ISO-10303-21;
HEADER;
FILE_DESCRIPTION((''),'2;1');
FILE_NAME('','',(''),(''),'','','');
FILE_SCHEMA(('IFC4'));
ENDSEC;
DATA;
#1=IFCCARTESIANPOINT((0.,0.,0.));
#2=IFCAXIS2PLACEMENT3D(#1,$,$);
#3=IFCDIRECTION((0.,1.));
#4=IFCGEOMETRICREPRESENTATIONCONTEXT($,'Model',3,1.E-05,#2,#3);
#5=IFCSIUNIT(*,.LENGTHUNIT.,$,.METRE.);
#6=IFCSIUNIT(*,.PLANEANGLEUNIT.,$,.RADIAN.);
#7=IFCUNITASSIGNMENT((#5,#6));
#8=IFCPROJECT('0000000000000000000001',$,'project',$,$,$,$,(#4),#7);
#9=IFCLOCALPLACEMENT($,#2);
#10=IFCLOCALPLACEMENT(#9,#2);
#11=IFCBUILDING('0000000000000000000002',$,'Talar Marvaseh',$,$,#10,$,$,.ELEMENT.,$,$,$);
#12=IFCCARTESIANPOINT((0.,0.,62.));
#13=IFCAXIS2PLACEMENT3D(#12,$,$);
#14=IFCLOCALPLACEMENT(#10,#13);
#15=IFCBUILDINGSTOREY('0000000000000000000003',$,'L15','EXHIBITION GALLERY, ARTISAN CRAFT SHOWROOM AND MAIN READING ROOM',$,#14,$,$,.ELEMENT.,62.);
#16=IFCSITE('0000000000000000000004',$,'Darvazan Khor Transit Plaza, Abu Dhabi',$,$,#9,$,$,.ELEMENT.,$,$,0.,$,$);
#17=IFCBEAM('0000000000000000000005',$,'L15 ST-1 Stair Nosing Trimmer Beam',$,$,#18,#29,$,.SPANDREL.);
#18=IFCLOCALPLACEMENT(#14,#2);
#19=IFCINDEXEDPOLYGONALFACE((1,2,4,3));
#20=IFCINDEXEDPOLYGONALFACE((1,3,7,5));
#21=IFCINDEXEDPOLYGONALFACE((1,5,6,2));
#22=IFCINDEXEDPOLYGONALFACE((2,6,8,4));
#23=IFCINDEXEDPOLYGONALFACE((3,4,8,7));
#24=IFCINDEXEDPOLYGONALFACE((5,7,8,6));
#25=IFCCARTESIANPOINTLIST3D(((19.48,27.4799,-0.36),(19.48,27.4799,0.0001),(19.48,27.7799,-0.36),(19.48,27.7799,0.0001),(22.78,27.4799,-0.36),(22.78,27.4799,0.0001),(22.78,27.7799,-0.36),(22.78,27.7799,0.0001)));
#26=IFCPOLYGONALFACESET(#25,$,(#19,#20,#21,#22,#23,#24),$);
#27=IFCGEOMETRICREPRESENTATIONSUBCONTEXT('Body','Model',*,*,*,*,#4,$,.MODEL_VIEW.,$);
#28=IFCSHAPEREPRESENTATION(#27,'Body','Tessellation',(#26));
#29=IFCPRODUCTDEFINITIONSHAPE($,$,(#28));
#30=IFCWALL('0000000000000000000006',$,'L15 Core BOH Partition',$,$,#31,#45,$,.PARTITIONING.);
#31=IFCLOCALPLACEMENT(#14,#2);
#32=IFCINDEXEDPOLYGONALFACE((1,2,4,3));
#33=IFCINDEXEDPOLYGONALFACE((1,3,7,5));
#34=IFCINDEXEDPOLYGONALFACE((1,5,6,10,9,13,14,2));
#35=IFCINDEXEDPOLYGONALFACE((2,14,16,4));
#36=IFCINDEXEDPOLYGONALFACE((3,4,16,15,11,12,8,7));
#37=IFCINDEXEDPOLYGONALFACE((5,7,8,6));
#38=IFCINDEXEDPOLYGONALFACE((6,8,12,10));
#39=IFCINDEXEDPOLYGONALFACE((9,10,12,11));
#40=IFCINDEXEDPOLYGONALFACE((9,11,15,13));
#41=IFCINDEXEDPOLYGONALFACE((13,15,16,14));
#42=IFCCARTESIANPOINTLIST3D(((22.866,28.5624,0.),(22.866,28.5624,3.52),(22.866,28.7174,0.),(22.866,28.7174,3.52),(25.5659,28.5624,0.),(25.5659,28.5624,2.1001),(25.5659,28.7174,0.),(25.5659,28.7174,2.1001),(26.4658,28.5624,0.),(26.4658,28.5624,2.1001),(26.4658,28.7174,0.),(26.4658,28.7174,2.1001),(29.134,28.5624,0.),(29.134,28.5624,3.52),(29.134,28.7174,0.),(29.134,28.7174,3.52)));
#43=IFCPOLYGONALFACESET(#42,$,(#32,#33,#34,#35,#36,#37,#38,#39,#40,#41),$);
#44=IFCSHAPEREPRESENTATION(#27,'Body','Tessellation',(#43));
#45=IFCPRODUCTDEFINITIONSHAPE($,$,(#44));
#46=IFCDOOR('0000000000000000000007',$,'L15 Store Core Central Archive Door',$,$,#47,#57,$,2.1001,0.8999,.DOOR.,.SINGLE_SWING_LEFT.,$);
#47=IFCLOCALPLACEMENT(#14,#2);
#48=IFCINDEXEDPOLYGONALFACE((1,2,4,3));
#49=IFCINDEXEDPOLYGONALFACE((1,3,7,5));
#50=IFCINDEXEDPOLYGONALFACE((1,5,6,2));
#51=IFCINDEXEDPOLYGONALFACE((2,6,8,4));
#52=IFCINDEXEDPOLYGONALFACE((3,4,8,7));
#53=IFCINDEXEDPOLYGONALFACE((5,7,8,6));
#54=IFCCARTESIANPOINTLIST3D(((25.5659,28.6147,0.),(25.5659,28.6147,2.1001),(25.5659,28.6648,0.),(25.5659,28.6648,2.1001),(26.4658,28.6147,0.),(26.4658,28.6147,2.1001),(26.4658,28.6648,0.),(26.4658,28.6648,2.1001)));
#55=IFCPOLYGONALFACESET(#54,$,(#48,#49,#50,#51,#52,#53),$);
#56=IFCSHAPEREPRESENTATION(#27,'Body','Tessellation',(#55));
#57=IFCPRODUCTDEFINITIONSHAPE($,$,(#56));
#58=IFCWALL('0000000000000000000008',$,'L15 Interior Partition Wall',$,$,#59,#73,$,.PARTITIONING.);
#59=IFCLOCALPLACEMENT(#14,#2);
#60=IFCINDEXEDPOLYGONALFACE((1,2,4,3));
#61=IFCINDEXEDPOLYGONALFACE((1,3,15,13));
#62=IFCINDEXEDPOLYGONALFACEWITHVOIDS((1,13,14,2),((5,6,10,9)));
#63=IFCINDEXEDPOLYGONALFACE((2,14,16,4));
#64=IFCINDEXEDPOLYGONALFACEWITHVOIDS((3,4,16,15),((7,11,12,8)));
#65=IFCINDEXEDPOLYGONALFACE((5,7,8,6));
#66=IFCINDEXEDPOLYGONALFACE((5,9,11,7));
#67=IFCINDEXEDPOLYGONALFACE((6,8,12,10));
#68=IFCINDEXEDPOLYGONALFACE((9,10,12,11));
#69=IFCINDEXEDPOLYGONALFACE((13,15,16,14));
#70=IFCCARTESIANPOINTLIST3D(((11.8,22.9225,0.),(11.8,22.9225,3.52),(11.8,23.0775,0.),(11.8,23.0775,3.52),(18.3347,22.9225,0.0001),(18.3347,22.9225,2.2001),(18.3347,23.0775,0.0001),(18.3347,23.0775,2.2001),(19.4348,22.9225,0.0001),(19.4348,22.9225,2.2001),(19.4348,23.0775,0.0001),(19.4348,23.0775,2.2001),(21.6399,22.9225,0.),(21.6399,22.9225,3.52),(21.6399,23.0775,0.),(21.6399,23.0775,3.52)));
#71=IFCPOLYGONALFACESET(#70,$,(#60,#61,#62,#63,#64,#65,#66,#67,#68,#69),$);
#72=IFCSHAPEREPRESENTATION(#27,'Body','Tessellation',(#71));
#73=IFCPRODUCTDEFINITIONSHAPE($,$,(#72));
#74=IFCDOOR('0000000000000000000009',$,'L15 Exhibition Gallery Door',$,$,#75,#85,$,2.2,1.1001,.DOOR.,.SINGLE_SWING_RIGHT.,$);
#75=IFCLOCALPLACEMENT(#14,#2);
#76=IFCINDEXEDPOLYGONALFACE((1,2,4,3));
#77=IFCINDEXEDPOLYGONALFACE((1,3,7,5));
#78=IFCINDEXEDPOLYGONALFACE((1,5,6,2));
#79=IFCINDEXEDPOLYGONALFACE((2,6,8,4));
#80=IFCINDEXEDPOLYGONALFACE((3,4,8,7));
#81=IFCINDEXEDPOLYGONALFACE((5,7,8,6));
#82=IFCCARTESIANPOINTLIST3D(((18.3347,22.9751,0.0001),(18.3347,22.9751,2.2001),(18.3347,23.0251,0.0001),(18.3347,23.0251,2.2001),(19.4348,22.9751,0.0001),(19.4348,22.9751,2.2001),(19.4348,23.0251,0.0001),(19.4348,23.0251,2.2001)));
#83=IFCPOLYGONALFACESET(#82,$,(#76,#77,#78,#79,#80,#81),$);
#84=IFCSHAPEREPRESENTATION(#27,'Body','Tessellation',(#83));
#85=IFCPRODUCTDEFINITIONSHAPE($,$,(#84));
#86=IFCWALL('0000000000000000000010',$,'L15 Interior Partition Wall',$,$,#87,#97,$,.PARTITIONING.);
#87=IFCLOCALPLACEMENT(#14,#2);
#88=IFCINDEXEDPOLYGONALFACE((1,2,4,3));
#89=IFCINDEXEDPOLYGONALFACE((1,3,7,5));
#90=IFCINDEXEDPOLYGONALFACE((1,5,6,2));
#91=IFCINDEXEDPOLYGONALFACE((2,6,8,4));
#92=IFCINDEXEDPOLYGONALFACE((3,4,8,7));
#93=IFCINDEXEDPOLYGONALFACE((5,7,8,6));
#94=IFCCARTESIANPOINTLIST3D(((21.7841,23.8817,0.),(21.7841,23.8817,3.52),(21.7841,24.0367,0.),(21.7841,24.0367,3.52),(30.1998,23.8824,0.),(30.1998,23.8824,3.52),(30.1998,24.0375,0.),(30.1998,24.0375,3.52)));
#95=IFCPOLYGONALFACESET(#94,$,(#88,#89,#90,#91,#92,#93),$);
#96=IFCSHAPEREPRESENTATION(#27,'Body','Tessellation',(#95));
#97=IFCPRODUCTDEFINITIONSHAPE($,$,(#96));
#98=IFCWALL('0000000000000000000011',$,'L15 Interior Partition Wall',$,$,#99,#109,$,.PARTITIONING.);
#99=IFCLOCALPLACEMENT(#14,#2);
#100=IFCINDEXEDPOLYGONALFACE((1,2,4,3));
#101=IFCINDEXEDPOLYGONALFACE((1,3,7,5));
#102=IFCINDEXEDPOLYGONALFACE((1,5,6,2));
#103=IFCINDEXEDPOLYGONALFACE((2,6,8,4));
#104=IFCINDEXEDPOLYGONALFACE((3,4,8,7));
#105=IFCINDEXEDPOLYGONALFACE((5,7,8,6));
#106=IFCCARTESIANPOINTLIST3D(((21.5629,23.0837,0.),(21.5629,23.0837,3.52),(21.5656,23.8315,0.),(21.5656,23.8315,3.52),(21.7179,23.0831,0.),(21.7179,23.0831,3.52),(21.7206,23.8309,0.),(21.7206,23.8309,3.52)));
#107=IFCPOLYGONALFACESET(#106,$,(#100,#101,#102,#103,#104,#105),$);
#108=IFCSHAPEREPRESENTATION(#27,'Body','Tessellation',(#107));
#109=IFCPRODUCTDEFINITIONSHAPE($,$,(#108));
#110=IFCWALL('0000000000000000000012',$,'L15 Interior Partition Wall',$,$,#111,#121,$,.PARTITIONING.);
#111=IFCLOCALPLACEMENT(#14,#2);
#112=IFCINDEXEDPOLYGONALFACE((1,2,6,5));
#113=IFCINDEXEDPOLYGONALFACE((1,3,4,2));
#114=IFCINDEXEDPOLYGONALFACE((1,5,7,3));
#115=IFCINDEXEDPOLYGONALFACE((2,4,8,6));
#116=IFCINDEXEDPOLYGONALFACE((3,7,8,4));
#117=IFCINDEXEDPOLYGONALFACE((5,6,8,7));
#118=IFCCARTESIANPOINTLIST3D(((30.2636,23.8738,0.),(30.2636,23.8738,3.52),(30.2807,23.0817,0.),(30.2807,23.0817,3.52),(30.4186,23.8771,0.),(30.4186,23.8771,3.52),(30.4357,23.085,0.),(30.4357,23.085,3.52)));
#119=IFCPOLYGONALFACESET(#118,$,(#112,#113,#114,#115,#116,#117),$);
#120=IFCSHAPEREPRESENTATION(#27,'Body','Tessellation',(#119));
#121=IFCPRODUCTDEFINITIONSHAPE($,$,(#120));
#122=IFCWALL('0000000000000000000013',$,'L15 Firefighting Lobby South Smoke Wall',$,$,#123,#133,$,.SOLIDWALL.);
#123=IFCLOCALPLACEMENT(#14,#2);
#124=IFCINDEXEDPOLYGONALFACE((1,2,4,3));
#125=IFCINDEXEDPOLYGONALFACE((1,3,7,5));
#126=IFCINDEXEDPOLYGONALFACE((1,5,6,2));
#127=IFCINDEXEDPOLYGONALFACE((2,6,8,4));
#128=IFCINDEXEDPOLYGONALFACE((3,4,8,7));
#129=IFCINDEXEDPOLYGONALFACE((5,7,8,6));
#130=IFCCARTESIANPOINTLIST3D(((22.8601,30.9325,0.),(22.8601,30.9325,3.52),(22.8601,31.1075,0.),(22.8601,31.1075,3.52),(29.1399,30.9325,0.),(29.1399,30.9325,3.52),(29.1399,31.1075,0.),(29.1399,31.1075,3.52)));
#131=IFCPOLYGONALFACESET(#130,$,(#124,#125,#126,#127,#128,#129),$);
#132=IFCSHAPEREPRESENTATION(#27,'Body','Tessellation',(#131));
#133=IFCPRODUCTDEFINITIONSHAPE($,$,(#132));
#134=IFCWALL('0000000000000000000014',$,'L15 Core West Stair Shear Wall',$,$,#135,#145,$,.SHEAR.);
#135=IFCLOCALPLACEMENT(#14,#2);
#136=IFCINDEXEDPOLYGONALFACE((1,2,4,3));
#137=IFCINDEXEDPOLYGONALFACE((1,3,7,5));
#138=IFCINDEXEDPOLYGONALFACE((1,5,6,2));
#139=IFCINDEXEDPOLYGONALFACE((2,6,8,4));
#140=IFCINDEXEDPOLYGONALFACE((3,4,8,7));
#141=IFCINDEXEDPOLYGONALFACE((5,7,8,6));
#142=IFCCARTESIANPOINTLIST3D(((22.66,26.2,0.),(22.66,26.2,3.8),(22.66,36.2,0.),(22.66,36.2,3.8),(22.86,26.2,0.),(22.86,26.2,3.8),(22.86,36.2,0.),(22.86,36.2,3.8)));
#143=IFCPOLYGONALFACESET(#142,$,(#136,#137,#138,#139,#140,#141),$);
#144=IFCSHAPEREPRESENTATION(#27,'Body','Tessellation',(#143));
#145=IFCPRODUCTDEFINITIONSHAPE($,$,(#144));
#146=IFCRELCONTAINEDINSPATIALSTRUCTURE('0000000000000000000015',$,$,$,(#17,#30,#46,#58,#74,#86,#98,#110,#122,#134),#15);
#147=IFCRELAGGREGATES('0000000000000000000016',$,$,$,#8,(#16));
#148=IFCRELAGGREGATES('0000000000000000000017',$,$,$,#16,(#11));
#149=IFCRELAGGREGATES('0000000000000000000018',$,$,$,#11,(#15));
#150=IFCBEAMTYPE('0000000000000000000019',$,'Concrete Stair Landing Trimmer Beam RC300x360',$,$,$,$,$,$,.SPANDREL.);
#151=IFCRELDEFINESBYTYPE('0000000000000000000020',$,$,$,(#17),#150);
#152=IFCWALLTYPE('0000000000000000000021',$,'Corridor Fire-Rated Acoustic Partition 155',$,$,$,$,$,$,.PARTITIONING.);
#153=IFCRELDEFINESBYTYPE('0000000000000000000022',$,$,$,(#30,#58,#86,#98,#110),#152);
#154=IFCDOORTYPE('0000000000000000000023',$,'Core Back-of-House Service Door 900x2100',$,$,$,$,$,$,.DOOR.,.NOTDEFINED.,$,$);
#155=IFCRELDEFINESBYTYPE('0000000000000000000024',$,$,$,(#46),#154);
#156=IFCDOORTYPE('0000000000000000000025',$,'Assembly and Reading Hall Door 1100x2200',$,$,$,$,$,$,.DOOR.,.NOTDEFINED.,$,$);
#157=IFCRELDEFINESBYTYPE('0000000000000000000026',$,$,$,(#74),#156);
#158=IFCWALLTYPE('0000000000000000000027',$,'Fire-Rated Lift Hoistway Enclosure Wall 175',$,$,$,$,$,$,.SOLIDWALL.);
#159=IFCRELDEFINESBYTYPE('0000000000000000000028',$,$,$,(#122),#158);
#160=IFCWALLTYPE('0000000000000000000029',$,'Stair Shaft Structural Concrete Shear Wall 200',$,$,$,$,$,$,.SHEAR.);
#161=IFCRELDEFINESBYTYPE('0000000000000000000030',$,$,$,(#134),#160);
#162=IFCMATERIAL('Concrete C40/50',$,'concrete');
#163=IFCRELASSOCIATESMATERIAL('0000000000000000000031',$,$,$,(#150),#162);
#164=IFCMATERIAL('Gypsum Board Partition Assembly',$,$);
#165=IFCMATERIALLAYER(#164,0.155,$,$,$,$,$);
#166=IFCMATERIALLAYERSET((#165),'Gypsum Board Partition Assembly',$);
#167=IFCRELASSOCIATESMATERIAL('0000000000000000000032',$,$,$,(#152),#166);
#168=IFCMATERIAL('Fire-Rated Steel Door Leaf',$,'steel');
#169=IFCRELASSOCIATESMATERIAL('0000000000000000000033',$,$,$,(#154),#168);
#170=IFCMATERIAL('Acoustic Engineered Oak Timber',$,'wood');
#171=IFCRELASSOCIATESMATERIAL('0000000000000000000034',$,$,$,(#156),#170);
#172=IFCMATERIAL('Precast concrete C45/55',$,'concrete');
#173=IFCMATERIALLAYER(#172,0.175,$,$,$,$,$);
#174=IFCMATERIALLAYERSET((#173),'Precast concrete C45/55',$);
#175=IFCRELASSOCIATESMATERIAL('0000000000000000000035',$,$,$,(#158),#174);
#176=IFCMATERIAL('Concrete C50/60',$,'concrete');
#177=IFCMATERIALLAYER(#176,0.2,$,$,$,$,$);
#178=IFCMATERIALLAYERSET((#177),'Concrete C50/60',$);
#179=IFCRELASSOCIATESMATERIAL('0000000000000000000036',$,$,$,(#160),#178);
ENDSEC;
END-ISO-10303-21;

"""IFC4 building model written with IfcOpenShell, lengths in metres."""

from ifc_helpers import new_model, si_unit, direction, frame, frame_2d, origin, origin_2d, place, context, subcontext, project, spatial, rectangle, extrude, source, transform, mapped, material, layer, layer_set, material_profile, profile_set, type_object, type_shapes, element, fill, save


model = new_model("IFC4")

# Units and contexts
model_context = context("Model", 3, precision=1e-05, world=origin(), true_north=direction((0.0, 1.0)))
body_context = subcontext(model_context, "Body", "Model", "MODEL_VIEW")
ifc_project = project(units=[si_unit("LENGTHUNIT", "METRE"), si_unit("PLANEANGLEUNIT", "RADIAN")], contexts=[model_context])

# Site, building, storey
site_placement = place(None, origin())
site = spatial("IfcSite", under=ifc_project, at=site_placement, Name="Darvazan Khor Transit Plaza, Abu Dhabi", CompositionType="ELEMENT", RefElevation=0.0)
building_placement = place(site_placement, origin())
building = spatial("IfcBuilding", under=site, at=building_placement, Name="Talar Marvaseh", CompositionType="ELEMENT")
storey_placement = place(building_placement, frame((0.0, 0.0, 62.0)))
storey = spatial("IfcBuildingStorey", under=building, at=storey_placement, Name="L15", Description="EXHIBITION GALLERY, ARTISAN CRAFT SHOWROOM AND MAIN READING ROOM", CompositionType="ELEMENT", Elevation=62.0)

# Beam
ifc_material_1 = material(Name="Concrete C40/50", Category="concrete")
ifc_material_profile = material_profile(ifc_material_1, rectangle(XDim=0.3, YDim=0.3601, at=origin_2d()), Name="RC300x360")
ifc_profile_set = profile_set([ifc_material_profile], Name="Concrete C40/50")
beam_type = type_object("IfcBeamType", Name="Concrete Stair Landing Trimmer Beam RC300x360", PredefinedType="SPANDREL", material=ifc_profile_set)
beam_placement = place(storey_placement, frame((22.78, 27.6299, -0.1799), z_axis=(-1.0, 0.0, 0.0), x_axis=(0.0, -1.0, 0.0)))
element("IfcBeam", 1, at=beam_placement, inside=storey, type_object=beam_type, Name="L15 ST-1 Stair Nosing Trimmer Beam", PredefinedType="SPANDREL", context=body_context, shape_type="SweptSolid", body=[
    extrude(rectangle(XDim=0.3, YDim=0.3601, at=origin_2d()), origin(), (0.0, 0.0, 1.0), 3.3),
])

# Walls, openings, doors
ifc_material_2 = material(Name="Gypsum Board Partition Assembly")
ifc_layer_1 = layer(ifc_material_2, 0.155)
ifc_layer_set_1 = layer_set([ifc_layer_1], Name="Gypsum Board Partition Assembly")
wall_type_1 = type_object("IfcWallType", Name="Corridor Fire-Rated Acoustic Partition 155", PredefinedType="PARTITIONING", material=ifc_layer_set_1)
wall_1_placement = place(storey_placement, frame((22.866, 28.6399, 0.0), z_axis=(0.0, 0.0, 1.0), x_axis=(1.0, 0.0, 0.0)))
wall_1 = element("IfcWall", 2, at=wall_1_placement, inside=storey, type_object=wall_type_1, Name="L15 Core BOH Partition", PredefinedType="PARTITIONING", context=body_context, shape_type="SweptSolid", body=[
    extrude(rectangle(XDim=6.2681, YDim=0.155, at=frame_2d((3.134, 0.0))), origin(), (0.0, 0.0, 1.0), 3.52),
])
opening_1_placement = place(wall_1_placement, frame((2.7, 0.0, 0.0)))
opening_1 = element("IfcOpeningElement", 3, at=opening_1_placement, cuts=wall_1, PredefinedType="OPENING", context=body_context, shape_type="SweptSolid", body=[
    extrude(rectangle(XDim=0.8999, YDim=2.1001, at=frame_2d((0.45, 1.05))), frame((0.0, 0.0874, 0.0), z_axis=(0.0, -1.0, 0.0), x_axis=(1.0, 0.0, 0.0)), (0.0, 0.0, 1.0), 0.175),
])
ifc_material_3 = material(Name="Fire-Rated Steel Door Leaf", Category="steel")
door_type_1 = type_object("IfcDoorType", Name="Core Back-of-House Service Door 900x2100", OperationType="NOTDEFINED", PredefinedType="DOOR", material=ifc_material_3)
shared_shape_1 = source(origin(), body_context, "Body", "SweptSolid", [
    extrude(rectangle(XDim=0.8999, YDim=2.1001, at=frame_2d((0.45, 1.05))), frame((0.0, 0.0249, 0.0), z_axis=(0.0, -1.0, 0.0), x_axis=(1.0, 0.0, 0.0)), (0.0, 0.0, 1.0), 0.05),
])
type_shapes(door_type_1, [shared_shape_1])
door_1_placement = place(opening_1_placement, origin())
door_1 = element("IfcDoor", 4, at=door_1_placement, inside=storey, type_object=door_type_1, Name="L15 Store Core Central Archive Door", OperationType="SINGLE_SWING_LEFT", OverallHeight=2.1001, OverallWidth=0.8999, PredefinedType="DOOR", context=body_context, shape_type="MappedRepresentation", body=[
    mapped(shared_shape_1, transform((0.0, 0.0, 0.0), x_axis=(1.0, 0.0, 0.0), y_axis=(0.0, 1.0, 0.0), z_axis=(0.0, 0.0, 1.0), scale=1.0)),
])
fill(opening_1, door_1)
wall_2_placement = place(storey_placement, frame((21.6399, 23.0, 0.0), z_axis=(0.0, 0.0, 1.0), x_axis=(-1.0, 0.0, 0.0)))
wall_2 = element("IfcWall", 5, at=wall_2_placement, inside=storey, type_object=wall_type_1, Name="L15 Interior Partition Wall", PredefinedType="PARTITIONING", context=body_context, shape_type="SweptSolid", body=[
    extrude(rectangle(XDim=9.8398, YDim=0.155, at=frame_2d((4.9199, 0.0))), origin(), (0.0, 0.0, 1.0), 3.52),
])
opening_2_placement = place(wall_2_placement, frame((2.2051, 0.0, 0.0)))
opening_2 = element("IfcOpeningElement", 6, at=opening_2_placement, cuts=wall_2, PredefinedType="OPENING", context=body_context, shape_type="SweptSolid", body=[
    extrude(rectangle(XDim=1.1001, YDim=2.2, at=frame_2d((0.55, 1.1001))), frame((0.0, 0.0874, 0.0), z_axis=(0.0, -1.0, 0.0), x_axis=(1.0, 0.0, 0.0)), (0.0, 0.0, 1.0), 0.175),
])
ifc_material_4 = material(Name="Acoustic Engineered Oak Timber", Category="wood")
door_type_2 = type_object("IfcDoorType", Name="Assembly and Reading Hall Door 1100x2200", OperationType="NOTDEFINED", PredefinedType="DOOR", material=ifc_material_4)
shared_shape_2 = source(origin(), body_context, "Body", "SweptSolid", [
    extrude(rectangle(XDim=1.1001, YDim=2.2, at=frame_2d((0.55, 1.1001))), frame((0.0, 0.0249, 0.0), z_axis=(0.0, -1.0, 0.0), x_axis=(1.0, 0.0, 0.0)), (0.0, 0.0, 1.0), 0.05),
])
type_shapes(door_type_2, [shared_shape_2])
door_2_placement = place(opening_2_placement, origin())
door_2 = element("IfcDoor", 7, at=door_2_placement, inside=storey, type_object=door_type_2, Name="L15 Exhibition Gallery Door", OperationType="SINGLE_SWING_RIGHT", OverallHeight=2.2, OverallWidth=1.1001, PredefinedType="DOOR", context=body_context, shape_type="MappedRepresentation", body=[
    mapped(shared_shape_2, transform((0.0, 0.0, 0.0), x_axis=(1.0, 0.0, 0.0), y_axis=(0.0, 1.0, 0.0), z_axis=(0.0, 0.0, 1.0), scale=1.0)),
])
fill(opening_2, door_2)

# Walls
wall_3_placement = place(storey_placement, frame((30.2, 23.96, 0.0), z_axis=(0.0, 0.0, 1.0), x_axis=(-1.0, -0.000087, 0.0)))
element("IfcWall", 8, at=wall_3_placement, inside=storey, type_object=wall_type_1, Name="L15 Interior Partition Wall", PredefinedType="PARTITIONING", context=body_context, shape_type="SweptSolid", body=[
    extrude(rectangle(XDim=8.4158, YDim=0.155, at=frame_2d((4.208, 0.0))), origin(), (0.0, 0.0, 1.0), 3.52),
])
wall_4_placement = place(storey_placement, frame((21.6431, 23.8313, 0.0), z_axis=(0.0, 0.0, 1.0), x_axis=(-0.003591, -0.999994, 0.0)))
element("IfcWall", 9, at=wall_4_placement, inside=storey, type_object=wall_type_1, Name="L15 Interior Partition Wall", PredefinedType="PARTITIONING", context=body_context, shape_type="SweptSolid", body=[
    extrude(rectangle(XDim=0.7478, YDim=0.155, at=frame_2d((0.374, 0.0))), origin(), (0.0, 0.0, 1.0), 3.52),
])
wall_5_placement = place(storey_placement, frame((30.3582, 23.0835, 0.0), z_axis=(0.0, 0.0, 1.0), x_axis=(-0.021573, 0.999767, 0.0)))
element("IfcWall", 10, at=wall_5_placement, inside=storey, type_object=wall_type_1, Name="L15 Interior Partition Wall", PredefinedType="PARTITIONING", context=body_context, shape_type="SweptSolid", body=[
    extrude(rectangle(XDim=0.7922, YDim=0.155, at=frame_2d((0.396, 0.0))), origin(), (0.0, 0.0, 1.0), 3.52),
])
ifc_material_5 = material(Name="Precast concrete C45/55", Category="concrete")
ifc_layer_2 = layer(ifc_material_5, 0.175)
ifc_layer_set_2 = layer_set([ifc_layer_2], Name="Precast concrete C45/55")
wall_type_2 = type_object("IfcWallType", Name="Fire-Rated Lift Hoistway Enclosure Wall 175", PredefinedType="SOLIDWALL", material=ifc_layer_set_2)
wall_6_placement = place(storey_placement, frame((22.8601, 31.02, 0.0), z_axis=(0.0, 0.0, 1.0), x_axis=(1.0, 0.0, 0.0)))
element("IfcWall", 11, at=wall_6_placement, inside=storey, type_object=wall_type_2, Name="L15 Firefighting Lobby South Smoke Wall", PredefinedType="SOLIDWALL", context=body_context, shape_type="SweptSolid", body=[
    extrude(rectangle(XDim=6.2798, YDim=0.175, at=frame_2d((3.1399, 0.0))), origin(), (0.0, 0.0, 1.0), 3.52),
])
ifc_material_6 = material(Name="Concrete C50/60", Category="concrete")
ifc_layer_3 = layer(ifc_material_6, 0.2)
ifc_layer_set_3 = layer_set([ifc_layer_3], Name="Concrete C50/60")
wall_type_3 = type_object("IfcWallType", Name="Stair Shaft Structural Concrete Shear Wall 200", PredefinedType="SHEAR", material=ifc_layer_set_3)
wall_7_placement = place(storey_placement, frame((22.76, 26.2, 0.0), z_axis=(0.0, 0.0, 1.0), x_axis=(0.0, 1.0, 0.0)))
element("IfcWall", 12, at=wall_7_placement, inside=storey, type_object=wall_type_3, Name="L15 Core West Stair Shear Wall", PredefinedType="SHEAR", context=body_context, shape_type="SweptSolid", body=[
    extrude(rectangle(XDim=10.0, YDim=0.2, at=frame_2d((5.0, 0.0))), origin(), (0.0, 0.0, 1.0), 3.8),
])

save(model, "model.ifc")
